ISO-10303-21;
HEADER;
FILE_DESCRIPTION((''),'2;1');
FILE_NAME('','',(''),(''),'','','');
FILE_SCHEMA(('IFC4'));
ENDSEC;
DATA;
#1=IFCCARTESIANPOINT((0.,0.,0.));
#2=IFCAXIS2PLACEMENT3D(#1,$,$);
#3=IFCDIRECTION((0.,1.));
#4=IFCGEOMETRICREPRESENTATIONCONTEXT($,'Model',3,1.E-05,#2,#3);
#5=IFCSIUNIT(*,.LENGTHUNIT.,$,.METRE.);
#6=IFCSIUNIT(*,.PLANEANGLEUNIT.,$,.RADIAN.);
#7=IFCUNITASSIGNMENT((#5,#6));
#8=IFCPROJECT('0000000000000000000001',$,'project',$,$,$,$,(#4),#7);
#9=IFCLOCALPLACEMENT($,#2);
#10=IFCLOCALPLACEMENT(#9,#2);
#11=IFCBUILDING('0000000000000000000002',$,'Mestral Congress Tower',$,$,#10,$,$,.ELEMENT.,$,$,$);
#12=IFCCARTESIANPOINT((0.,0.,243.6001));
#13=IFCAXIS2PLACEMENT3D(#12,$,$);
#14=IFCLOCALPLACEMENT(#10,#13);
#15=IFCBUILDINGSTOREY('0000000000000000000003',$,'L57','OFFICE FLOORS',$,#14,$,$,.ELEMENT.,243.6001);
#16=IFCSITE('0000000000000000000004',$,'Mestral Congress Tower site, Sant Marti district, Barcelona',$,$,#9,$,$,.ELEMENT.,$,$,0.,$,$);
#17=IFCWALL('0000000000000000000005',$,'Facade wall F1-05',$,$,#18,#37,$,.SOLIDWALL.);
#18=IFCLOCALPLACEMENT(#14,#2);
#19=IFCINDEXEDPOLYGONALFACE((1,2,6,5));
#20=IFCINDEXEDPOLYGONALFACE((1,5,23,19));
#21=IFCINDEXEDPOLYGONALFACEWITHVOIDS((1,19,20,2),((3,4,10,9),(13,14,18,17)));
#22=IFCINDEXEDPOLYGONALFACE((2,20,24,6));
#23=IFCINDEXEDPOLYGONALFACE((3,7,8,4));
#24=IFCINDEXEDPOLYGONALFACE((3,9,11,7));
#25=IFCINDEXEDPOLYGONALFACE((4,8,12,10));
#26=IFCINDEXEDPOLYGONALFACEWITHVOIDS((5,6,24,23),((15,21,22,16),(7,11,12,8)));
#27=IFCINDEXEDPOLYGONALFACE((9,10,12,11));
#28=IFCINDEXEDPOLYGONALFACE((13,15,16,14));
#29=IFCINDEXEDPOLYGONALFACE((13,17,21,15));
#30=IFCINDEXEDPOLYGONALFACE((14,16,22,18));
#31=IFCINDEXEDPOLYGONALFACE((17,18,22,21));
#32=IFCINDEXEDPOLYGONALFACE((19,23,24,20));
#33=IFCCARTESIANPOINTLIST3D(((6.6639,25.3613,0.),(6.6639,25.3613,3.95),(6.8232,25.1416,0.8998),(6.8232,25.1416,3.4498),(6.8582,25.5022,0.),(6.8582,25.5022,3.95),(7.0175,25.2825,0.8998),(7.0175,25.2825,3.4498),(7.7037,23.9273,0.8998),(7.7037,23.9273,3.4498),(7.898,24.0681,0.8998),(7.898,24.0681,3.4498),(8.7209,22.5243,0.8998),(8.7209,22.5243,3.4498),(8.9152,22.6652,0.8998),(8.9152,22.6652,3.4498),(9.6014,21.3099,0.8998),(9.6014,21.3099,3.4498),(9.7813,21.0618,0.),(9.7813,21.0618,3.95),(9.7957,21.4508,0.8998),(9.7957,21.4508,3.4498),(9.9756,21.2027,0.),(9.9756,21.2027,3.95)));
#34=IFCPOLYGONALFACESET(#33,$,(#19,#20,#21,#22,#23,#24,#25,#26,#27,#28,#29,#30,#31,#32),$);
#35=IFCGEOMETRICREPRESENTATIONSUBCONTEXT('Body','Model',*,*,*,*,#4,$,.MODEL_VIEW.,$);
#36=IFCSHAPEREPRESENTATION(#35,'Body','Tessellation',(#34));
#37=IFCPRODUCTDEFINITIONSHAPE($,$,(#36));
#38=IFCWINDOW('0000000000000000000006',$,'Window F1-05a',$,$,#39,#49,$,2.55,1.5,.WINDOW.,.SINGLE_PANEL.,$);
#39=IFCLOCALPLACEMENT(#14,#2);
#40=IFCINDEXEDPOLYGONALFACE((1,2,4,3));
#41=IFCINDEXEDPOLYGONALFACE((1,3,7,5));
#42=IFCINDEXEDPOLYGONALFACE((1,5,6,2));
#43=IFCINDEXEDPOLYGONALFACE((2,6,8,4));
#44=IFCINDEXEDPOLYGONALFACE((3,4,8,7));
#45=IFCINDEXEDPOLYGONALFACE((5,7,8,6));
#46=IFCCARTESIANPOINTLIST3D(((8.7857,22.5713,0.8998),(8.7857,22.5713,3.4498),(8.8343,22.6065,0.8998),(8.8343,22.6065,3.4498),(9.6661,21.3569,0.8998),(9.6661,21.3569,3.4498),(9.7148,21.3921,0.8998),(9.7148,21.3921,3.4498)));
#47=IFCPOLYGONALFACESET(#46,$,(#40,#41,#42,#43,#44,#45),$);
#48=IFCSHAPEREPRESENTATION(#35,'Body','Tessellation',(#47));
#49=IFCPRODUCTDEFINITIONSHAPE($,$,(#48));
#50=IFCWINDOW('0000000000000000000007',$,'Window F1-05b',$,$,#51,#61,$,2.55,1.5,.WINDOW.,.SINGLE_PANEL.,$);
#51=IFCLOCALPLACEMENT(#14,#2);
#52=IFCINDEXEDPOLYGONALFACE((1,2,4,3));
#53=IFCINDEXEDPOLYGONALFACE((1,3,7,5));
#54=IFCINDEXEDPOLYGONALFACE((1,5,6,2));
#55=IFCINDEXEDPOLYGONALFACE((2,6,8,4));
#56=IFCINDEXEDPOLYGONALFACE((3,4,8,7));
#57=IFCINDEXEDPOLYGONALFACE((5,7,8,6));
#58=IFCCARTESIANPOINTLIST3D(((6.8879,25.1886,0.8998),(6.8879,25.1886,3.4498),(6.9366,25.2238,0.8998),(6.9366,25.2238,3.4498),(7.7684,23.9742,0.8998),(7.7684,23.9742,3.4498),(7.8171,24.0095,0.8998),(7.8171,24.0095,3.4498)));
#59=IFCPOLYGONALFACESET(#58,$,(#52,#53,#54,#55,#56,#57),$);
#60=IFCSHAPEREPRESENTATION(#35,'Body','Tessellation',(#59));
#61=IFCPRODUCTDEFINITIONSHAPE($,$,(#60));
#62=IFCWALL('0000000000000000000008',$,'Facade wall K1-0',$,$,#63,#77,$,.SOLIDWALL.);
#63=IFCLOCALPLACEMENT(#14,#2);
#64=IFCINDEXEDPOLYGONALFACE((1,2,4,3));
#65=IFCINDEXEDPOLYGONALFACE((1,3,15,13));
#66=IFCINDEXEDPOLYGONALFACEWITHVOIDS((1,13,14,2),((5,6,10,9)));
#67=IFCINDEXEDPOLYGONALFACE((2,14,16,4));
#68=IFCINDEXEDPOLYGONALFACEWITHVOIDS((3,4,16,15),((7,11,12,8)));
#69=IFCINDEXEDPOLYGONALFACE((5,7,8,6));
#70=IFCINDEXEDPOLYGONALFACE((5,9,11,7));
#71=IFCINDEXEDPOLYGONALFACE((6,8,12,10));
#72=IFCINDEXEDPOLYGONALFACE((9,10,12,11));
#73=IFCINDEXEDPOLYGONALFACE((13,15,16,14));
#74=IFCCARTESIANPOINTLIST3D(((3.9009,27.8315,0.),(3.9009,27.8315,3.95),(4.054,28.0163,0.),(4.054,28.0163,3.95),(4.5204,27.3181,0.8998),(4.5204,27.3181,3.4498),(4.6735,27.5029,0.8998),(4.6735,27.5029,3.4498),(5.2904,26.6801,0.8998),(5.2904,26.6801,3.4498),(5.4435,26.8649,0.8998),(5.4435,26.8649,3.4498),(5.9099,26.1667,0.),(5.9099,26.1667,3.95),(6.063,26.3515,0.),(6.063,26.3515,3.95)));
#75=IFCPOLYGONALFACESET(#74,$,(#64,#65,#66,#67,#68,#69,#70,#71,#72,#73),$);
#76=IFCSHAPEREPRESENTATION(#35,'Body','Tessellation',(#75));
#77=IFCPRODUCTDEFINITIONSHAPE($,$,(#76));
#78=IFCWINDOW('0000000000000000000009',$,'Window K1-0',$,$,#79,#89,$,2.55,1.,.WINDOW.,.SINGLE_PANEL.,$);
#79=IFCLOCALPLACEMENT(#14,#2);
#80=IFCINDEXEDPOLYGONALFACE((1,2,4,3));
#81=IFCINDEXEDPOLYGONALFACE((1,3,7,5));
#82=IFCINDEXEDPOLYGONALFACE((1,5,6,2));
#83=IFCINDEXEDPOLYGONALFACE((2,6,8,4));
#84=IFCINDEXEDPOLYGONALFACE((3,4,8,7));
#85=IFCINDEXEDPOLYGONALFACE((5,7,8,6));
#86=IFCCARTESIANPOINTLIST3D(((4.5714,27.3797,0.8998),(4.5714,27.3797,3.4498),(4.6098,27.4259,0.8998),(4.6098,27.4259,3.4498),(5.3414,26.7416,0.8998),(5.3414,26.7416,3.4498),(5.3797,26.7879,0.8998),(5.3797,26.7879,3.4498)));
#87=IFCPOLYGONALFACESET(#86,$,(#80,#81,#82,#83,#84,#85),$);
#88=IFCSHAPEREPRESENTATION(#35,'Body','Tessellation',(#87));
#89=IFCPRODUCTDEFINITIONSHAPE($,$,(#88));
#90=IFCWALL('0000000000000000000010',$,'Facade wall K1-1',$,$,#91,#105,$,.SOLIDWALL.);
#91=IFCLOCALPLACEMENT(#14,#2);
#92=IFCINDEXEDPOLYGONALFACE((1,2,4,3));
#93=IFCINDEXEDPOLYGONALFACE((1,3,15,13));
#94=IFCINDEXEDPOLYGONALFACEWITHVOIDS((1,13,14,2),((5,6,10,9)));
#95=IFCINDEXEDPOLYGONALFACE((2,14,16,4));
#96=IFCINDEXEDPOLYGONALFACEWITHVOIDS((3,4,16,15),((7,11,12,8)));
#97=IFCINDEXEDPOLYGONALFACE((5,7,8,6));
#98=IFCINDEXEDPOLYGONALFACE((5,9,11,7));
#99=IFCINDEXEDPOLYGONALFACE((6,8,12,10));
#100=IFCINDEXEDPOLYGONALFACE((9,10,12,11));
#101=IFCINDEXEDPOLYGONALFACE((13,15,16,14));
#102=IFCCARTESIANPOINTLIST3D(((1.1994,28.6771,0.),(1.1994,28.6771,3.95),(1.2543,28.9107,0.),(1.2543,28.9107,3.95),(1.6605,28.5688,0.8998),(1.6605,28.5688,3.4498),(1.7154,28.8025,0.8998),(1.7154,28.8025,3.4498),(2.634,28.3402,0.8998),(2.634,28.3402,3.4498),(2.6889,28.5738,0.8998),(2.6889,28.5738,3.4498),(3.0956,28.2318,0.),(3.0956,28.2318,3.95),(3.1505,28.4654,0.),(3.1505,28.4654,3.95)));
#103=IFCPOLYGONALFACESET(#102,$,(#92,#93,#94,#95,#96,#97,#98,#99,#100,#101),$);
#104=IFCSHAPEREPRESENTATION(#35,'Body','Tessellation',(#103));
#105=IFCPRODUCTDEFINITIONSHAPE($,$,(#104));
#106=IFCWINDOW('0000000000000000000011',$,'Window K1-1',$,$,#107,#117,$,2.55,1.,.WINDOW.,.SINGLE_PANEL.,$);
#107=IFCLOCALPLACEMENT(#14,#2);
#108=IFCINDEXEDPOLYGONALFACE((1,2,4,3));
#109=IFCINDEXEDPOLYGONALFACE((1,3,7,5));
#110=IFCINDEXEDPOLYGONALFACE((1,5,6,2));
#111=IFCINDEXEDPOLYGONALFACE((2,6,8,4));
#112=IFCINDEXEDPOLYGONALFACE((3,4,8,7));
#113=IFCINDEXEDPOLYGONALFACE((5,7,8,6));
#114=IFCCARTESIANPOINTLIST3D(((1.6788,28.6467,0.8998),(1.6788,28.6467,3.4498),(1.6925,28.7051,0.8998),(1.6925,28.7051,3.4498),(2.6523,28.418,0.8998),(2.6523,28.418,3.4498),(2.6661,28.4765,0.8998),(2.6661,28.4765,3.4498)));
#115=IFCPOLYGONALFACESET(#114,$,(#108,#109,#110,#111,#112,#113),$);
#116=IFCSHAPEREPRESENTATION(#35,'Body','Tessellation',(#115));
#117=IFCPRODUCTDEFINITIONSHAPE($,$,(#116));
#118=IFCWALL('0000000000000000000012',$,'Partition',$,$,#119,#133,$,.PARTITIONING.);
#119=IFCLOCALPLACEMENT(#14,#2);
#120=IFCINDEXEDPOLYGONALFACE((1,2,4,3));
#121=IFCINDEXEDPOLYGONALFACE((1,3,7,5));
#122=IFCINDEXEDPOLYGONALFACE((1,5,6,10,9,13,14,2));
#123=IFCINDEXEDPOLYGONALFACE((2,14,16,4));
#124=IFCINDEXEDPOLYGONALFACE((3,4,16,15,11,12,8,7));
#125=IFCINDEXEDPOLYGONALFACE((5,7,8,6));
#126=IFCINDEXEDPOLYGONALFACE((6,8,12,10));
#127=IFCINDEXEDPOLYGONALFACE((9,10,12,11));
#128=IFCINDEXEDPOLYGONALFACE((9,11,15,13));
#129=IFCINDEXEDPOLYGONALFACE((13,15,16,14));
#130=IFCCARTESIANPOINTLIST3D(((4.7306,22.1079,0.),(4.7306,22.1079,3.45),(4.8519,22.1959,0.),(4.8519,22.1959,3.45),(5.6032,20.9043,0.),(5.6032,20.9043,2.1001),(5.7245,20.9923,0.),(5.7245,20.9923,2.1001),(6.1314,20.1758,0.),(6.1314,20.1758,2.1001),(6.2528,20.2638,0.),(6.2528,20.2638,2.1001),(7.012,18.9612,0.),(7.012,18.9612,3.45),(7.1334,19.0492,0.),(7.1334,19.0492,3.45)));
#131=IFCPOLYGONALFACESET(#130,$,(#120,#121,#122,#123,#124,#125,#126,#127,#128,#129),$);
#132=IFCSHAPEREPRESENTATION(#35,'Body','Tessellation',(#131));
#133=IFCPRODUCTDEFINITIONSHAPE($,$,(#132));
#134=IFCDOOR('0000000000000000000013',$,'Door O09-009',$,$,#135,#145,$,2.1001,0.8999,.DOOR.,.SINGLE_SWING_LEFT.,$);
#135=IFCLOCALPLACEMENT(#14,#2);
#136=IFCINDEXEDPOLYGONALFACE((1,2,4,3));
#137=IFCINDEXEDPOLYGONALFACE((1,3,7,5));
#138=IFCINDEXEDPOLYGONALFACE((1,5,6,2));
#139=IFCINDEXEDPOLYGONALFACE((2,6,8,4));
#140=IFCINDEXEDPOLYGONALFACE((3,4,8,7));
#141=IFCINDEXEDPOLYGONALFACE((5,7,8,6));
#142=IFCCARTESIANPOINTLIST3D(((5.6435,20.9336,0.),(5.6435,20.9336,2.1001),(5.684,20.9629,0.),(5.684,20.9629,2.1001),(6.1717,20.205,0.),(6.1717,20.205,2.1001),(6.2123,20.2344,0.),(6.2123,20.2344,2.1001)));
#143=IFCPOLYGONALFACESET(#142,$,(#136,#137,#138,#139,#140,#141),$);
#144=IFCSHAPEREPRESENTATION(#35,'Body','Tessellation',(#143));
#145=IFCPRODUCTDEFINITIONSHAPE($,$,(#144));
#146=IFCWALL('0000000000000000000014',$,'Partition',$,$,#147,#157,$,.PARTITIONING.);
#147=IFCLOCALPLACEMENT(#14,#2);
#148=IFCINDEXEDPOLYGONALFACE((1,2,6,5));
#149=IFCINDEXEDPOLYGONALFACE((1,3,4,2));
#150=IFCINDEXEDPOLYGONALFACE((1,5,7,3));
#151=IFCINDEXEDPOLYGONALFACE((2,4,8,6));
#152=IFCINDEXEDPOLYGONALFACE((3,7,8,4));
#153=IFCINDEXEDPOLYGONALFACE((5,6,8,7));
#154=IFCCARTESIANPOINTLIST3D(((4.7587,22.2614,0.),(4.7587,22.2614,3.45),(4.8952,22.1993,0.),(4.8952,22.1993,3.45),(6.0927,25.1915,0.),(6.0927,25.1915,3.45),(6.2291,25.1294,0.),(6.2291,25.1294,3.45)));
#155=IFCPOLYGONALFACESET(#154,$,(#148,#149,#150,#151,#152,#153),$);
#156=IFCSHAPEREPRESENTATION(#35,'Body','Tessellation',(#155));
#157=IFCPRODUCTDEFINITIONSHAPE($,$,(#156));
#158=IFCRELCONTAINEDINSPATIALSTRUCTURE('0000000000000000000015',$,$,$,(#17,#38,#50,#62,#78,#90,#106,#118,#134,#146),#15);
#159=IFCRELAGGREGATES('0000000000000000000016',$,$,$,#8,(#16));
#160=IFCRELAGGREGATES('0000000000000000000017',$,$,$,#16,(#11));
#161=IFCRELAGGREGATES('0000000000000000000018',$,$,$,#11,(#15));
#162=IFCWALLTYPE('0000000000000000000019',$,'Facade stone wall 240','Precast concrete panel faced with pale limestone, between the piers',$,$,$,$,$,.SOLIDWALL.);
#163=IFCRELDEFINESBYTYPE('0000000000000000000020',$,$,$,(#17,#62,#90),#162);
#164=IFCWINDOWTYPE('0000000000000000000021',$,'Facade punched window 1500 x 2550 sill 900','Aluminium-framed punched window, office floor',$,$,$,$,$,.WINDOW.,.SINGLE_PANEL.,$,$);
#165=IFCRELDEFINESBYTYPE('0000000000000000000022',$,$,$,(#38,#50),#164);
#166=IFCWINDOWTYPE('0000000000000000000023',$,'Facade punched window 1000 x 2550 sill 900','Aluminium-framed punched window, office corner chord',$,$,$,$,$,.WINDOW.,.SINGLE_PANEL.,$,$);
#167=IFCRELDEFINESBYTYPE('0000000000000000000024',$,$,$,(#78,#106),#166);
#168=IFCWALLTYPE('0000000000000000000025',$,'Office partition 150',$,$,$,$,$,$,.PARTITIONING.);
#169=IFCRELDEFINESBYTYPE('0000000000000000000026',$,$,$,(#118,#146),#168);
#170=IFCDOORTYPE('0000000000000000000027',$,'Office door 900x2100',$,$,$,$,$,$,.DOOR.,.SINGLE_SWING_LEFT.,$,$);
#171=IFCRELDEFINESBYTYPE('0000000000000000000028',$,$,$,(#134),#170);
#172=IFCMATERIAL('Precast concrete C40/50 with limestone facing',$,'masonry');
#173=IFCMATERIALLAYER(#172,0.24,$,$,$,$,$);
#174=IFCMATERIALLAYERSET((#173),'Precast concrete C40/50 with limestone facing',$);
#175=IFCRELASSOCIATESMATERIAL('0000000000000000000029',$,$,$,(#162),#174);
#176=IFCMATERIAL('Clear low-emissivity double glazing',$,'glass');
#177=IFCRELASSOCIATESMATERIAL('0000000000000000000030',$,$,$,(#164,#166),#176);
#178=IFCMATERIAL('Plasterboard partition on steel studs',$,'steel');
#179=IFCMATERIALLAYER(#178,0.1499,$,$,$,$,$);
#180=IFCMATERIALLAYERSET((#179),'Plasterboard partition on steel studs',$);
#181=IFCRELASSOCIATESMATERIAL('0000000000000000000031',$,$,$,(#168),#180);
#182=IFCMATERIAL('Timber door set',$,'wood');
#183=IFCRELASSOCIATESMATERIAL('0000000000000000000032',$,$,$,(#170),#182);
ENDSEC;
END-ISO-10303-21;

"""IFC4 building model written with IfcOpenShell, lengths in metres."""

from ifc_helpers import new_model, si_unit, direction, frame, frame_2d, origin, place, context, subcontext, project, spatial, rectangle, extrude, material, layer, layer_set, type_object, element, fill, save


model = new_model("IFC4")

# Units and contexts
model_context = context("Model", 3, precision=1e-05, world=origin(), true_north=direction((0.0, 1.0)))
body_context = subcontext(model_context, "Body", "Model", "MODEL_VIEW")
ifc_project = project(units=[si_unit("LENGTHUNIT", "METRE"), si_unit("PLANEANGLEUNIT", "RADIAN")], contexts=[model_context])

# Site, building, storey
site_placement = place(None, origin())
site = spatial("IfcSite", under=ifc_project, at=site_placement, Name="Mestral Congress Tower site, Sant Marti district, Barcelona", CompositionType="ELEMENT", RefElevation=0.0)
building_placement = place(site_placement, origin())
building = spatial("IfcBuilding", under=site, at=building_placement, Name="Mestral Congress Tower", CompositionType="ELEMENT")
storey_placement = place(building_placement, frame((0.0, 0.0, 243.6001)))
storey = spatial("IfcBuildingStorey", under=building, at=storey_placement, Name="L57", Description="OFFICE FLOORS", CompositionType="ELEMENT", Elevation=243.6001)

# Wall, openings, windows
ifc_material_1 = material(Name="Precast concrete C40/50 with limestone facing", Category="masonry")
ifc_layer_1 = layer(ifc_material_1, 0.24)
ifc_layer_set_1 = layer_set([ifc_layer_1], Name="Precast concrete C40/50 with limestone facing")
wall_type_1 = type_object("IfcWallType", Name="Facade stone wall 240", Description="Precast concrete panel faced with pale limestone, between the piers", PredefinedType="SOLIDWALL", material=ifc_layer_set_1)
wall_1_placement = place(storey_placement, frame((9.8784, 21.1323, 0.0), z_axis=(0.0, 0.0, 1.0), x_axis=(-0.586998, 0.809588, 0.0)))
wall_1 = element("IfcWall", 1, at=wall_1_placement, inside=storey, type_object=wall_type_1, Name="Facade wall F1-05", PredefinedType="SOLIDWALL", context=body_context, shape_type="SweptSolid", body=[
    extrude(rectangle(XDim=5.3108, YDim=0.24, at=frame_2d((2.6553, 0.0))), origin(), (0.0, 0.0, 1.0), 3.95),
])
opening_1_placement = place(wall_1_placement, frame((0.3064, 0.0, 0.8999)))
opening_1 = element("IfcOpeningElement", 2, at=opening_1_placement, cuts=wall_1, PredefinedType="OPENING", context=body_context, shape_type="SweptSolid", body=[
    extrude(rectangle(XDim=1.5, YDim=2.55, at=frame_2d((0.75, 1.2749))), frame((0.0, 0.1299, 0.0), z_axis=(0.0, -1.0, 0.0), x_axis=(1.0, 0.0, 0.0)), (0.0, 0.0, 1.0), 0.26),
])
opening_2_placement = place(wall_1_placement, frame((3.5393, 0.0, 0.8999)))
opening_2 = element("IfcOpeningElement", 3, at=opening_2_placement, cuts=wall_1, PredefinedType="OPENING", context=body_context, shape_type="SweptSolid", body=[
    extrude(rectangle(XDim=1.5, YDim=2.55, at=frame_2d((0.75, 1.2749))), frame((0.0, 0.1299, 0.0), z_axis=(0.0, -1.0, 0.0), x_axis=(1.0, 0.0, 0.0)), (0.0, 0.0, 1.0), 0.26),
])
ifc_material_2 = material(Name="Clear low-emissivity double glazing", Category="glass")
window_type_1 = type_object("IfcWindowType", Name="Facade punched window 1500 x 2550 sill 900", Description="Aluminium-framed punched window, office floor", PartitioningType="SINGLE_PANEL", PredefinedType="WINDOW", material=ifc_material_2)
window_1_placement = place(opening_1_placement, origin())
window_1 = element("IfcWindow", 4, at=window_1_placement, inside=storey, type_object=window_type_1, Name="Window F1-05a", OverallHeight=2.55, OverallWidth=1.5, PartitioningType="SINGLE_PANEL", PredefinedType="WINDOW", context=body_context, shape_type="SweptSolid", body=[
    extrude(rectangle(XDim=1.5, YDim=2.55, at=frame_2d((0.75, 1.2749))), frame((0.0, 0.04, 0.0), z_axis=(0.0, -1.0, 0.0), x_axis=(1.0, 0.0, 0.0)), (0.0, 0.0, 1.0), 0.0601),
])
fill(opening_1, window_1)
window_2_placement = place(opening_2_placement, origin())
window_2 = element("IfcWindow", 5, at=window_2_placement, inside=storey, type_object=window_type_1, Name="Window F1-05b", OverallHeight=2.55, OverallWidth=1.5, PartitioningType="SINGLE_PANEL", PredefinedType="WINDOW", context=body_context, shape_type="SweptSolid", body=[
    extrude(rectangle(XDim=1.5, YDim=2.55, at=frame_2d((0.75, 1.2749))), frame((0.0, 0.04, 0.0), z_axis=(0.0, -1.0, 0.0), x_axis=(1.0, 0.0, 0.0)), (0.0, 0.0, 1.0), 0.0601),
])
fill(opening_2, window_2)

# Walls, openings, windows
wall_2_placement = place(storey_placement, frame((5.9866, 26.259, 0.0), z_axis=(0.0, 0.0, 1.0), x_axis=(-0.76999, 0.638056, 0.0)))
wall_2 = element("IfcWall", 6, at=wall_2_placement, inside=storey, type_object=wall_type_1, Name="Facade wall K1-0", PredefinedType="SOLIDWALL", context=body_context, shape_type="SweptSolid", body=[
    extrude(rectangle(XDim=2.6091, YDim=0.24, at=frame_2d((1.3047, 0.0))), origin(), (0.0, 0.0, 1.0), 3.95),
])
opening_3_placement = place(wall_2_placement, frame((0.8047, 0.0, 0.8999)))
opening_3 = element("IfcOpeningElement", 7, at=opening_3_placement, cuts=wall_2, PredefinedType="OPENING", context=body_context, shape_type="SweptSolid", body=[
    extrude(rectangle(XDim=1.0, YDim=2.55, at=frame_2d((0.5, 1.2749))), frame((0.0, 0.1299, 0.0), z_axis=(0.0, -1.0, 0.0), x_axis=(1.0, 0.0, 0.0)), (0.0, 0.0, 1.0), 0.26),
])
window_type_2 = type_object("IfcWindowType", Name="Facade punched window 1000 x 2550 sill 900", Description="Aluminium-framed punched window, office corner chord", PartitioningType="SINGLE_PANEL", PredefinedType="WINDOW", material=ifc_material_2)
window_3_placement = place(opening_3_placement, origin())
window_3 = element("IfcWindow", 8, at=window_3_placement, inside=storey, type_object=window_type_2, Name="Window K1-0", OverallHeight=2.55, OverallWidth=1.0, PartitioningType="SINGLE_PANEL", PredefinedType="WINDOW", context=body_context, shape_type="SweptSolid", body=[
    extrude(rectangle(XDim=1.0, YDim=2.55, at=frame_2d((0.5, 1.2749))), frame((0.0, 0.04, 0.0), z_axis=(0.0, -1.0, 0.0), x_axis=(1.0, 0.0, 0.0)), (0.0, 0.0, 1.0), 0.0601),
])
fill(opening_3, window_3)
wall_3_placement = place(storey_placement, frame((3.123, 28.3486, 0.0), z_axis=(0.0, 0.0, 1.0), x_axis=(-0.973516, 0.22862, 0.0)))
wall_3 = element("IfcWall", 9, at=wall_3_placement, inside=storey, type_object=wall_type_1, Name="Facade wall K1-1", PredefinedType="SOLIDWALL", context=body_context, shape_type="SweptSolid", body=[
    extrude(rectangle(XDim=1.9478, YDim=0.24, at=frame_2d((0.9739, 0.0))), origin(), (0.0, 0.0, 1.0), 3.95),
])
opening_4_placement = place(wall_3_placement, frame((0.4741, 0.0, 0.8999)))
opening_4 = element("IfcOpeningElement", 10, at=opening_4_placement, cuts=wall_3, PredefinedType="OPENING", context=body_context, shape_type="SweptSolid", body=[
    extrude(rectangle(XDim=1.0, YDim=2.55, at=frame_2d((0.5, 1.2749))), frame((0.0, 0.1299, 0.0), z_axis=(0.0, -1.0, 0.0), x_axis=(1.0, 0.0, 0.0)), (0.0, 0.0, 1.0), 0.26),
])
window_4_placement = place(opening_4_placement, origin())
window_4 = element("IfcWindow", 11, at=window_4_placement, inside=storey, type_object=window_type_2, Name="Window K1-1", OverallHeight=2.55, OverallWidth=1.0, PartitioningType="SINGLE_PANEL", PredefinedType="WINDOW", context=body_context, shape_type="SweptSolid", body=[
    extrude(rectangle(XDim=1.0, YDim=2.55, at=frame_2d((0.5, 1.2749))), frame((0.0, 0.04, 0.0), z_axis=(0.0, -1.0, 0.0), x_axis=(1.0, 0.0, 0.0)), (0.0, 0.0, 1.0), 0.0601),
])
fill(opening_4, window_4)

# Wall, opening, door
ifc_material_3 = material(Name="Plasterboard partition on steel studs", Category="steel")
ifc_layer_2 = layer(ifc_material_3, 0.1499)
ifc_layer_set_2 = layer_set([ifc_layer_2], Name="Plasterboard partition on steel studs")
wall_type_2 = type_object("IfcWallType", Name="Office partition 150", PredefinedType="PARTITIONING", material=ifc_layer_set_2)
wall_4_placement = place(storey_placement, frame((4.7913, 22.1519, 0.0), z_axis=(0.0, 0.0, 1.0), x_axis=(0.586987, -0.809596, 0.0)))
wall_4 = element("IfcWall", 12, at=wall_4_placement, inside=storey, type_object=wall_type_2, Name="Partition", PredefinedType="PARTITIONING", context=body_context, shape_type="SweptSolid", body=[
    extrude(rectangle(XDim=3.8867, YDim=0.1499, at=frame_2d((1.9434, 0.0))), origin(), (0.0, 0.0, 1.0), 3.45),
])
opening_5_placement = place(wall_4_placement, frame((1.4866, 0.0, 0.0)))
opening_5 = element("IfcOpeningElement", 13, at=opening_5_placement, cuts=wall_4, PredefinedType="OPENING", context=body_context, shape_type="SweptSolid", body=[
    extrude(rectangle(XDim=0.8999, YDim=2.1001, at=frame_2d((0.45, 1.05))), frame((0.0, 0.085, 0.0), z_axis=(0.0, -1.0, 0.0), x_axis=(1.0, 0.0, 0.0)), (0.0, 0.0, 1.0), 0.1699),
])
ifc_material_4 = material(Name="Timber door set", Category="wood")
door_type_1 = type_object("IfcDoorType", Name="Office door 900x2100", OperationType="SINGLE_SWING_LEFT", PredefinedType="DOOR", material=ifc_material_4)
door_1_placement = place(opening_5_placement, origin())
door_1 = element("IfcDoor", 14, at=door_1_placement, inside=storey, type_object=door_type_1, Name="Door O09-009", OperationType="SINGLE_SWING_LEFT", OverallHeight=2.1001, OverallWidth=0.8999, PredefinedType="DOOR", context=body_context, shape_type="SweptSolid", body=[
    extrude(rectangle(XDim=0.8999, YDim=2.1001, at=frame_2d((0.45, 1.05))), frame((0.0, 0.0249, 0.0), z_axis=(0.0, -1.0, 0.0), x_axis=(1.0, 0.0, 0.0)), (0.0, 0.0, 1.0), 0.05),
])
fill(opening_5, door_1)

# Wall
wall_5_placement = place(storey_placement, frame((4.8269, 22.2302, 0.0), z_axis=(0.0, 0.0, 1.0), x_axis=(0.41434, 0.910122, 0.0)))
element("IfcWall", 15, at=wall_5_placement, inside=storey, type_object=wall_type_2, Name="Partition", PredefinedType="PARTITIONING", context=body_context, shape_type="SweptSolid", body=[
    extrude(rectangle(XDim=3.2195, YDim=0.1499, at=frame_2d((1.6099, 0.0))), origin(), (0.0, 0.0, 1.0), 3.45),
])

save(model, "model.ifc")
